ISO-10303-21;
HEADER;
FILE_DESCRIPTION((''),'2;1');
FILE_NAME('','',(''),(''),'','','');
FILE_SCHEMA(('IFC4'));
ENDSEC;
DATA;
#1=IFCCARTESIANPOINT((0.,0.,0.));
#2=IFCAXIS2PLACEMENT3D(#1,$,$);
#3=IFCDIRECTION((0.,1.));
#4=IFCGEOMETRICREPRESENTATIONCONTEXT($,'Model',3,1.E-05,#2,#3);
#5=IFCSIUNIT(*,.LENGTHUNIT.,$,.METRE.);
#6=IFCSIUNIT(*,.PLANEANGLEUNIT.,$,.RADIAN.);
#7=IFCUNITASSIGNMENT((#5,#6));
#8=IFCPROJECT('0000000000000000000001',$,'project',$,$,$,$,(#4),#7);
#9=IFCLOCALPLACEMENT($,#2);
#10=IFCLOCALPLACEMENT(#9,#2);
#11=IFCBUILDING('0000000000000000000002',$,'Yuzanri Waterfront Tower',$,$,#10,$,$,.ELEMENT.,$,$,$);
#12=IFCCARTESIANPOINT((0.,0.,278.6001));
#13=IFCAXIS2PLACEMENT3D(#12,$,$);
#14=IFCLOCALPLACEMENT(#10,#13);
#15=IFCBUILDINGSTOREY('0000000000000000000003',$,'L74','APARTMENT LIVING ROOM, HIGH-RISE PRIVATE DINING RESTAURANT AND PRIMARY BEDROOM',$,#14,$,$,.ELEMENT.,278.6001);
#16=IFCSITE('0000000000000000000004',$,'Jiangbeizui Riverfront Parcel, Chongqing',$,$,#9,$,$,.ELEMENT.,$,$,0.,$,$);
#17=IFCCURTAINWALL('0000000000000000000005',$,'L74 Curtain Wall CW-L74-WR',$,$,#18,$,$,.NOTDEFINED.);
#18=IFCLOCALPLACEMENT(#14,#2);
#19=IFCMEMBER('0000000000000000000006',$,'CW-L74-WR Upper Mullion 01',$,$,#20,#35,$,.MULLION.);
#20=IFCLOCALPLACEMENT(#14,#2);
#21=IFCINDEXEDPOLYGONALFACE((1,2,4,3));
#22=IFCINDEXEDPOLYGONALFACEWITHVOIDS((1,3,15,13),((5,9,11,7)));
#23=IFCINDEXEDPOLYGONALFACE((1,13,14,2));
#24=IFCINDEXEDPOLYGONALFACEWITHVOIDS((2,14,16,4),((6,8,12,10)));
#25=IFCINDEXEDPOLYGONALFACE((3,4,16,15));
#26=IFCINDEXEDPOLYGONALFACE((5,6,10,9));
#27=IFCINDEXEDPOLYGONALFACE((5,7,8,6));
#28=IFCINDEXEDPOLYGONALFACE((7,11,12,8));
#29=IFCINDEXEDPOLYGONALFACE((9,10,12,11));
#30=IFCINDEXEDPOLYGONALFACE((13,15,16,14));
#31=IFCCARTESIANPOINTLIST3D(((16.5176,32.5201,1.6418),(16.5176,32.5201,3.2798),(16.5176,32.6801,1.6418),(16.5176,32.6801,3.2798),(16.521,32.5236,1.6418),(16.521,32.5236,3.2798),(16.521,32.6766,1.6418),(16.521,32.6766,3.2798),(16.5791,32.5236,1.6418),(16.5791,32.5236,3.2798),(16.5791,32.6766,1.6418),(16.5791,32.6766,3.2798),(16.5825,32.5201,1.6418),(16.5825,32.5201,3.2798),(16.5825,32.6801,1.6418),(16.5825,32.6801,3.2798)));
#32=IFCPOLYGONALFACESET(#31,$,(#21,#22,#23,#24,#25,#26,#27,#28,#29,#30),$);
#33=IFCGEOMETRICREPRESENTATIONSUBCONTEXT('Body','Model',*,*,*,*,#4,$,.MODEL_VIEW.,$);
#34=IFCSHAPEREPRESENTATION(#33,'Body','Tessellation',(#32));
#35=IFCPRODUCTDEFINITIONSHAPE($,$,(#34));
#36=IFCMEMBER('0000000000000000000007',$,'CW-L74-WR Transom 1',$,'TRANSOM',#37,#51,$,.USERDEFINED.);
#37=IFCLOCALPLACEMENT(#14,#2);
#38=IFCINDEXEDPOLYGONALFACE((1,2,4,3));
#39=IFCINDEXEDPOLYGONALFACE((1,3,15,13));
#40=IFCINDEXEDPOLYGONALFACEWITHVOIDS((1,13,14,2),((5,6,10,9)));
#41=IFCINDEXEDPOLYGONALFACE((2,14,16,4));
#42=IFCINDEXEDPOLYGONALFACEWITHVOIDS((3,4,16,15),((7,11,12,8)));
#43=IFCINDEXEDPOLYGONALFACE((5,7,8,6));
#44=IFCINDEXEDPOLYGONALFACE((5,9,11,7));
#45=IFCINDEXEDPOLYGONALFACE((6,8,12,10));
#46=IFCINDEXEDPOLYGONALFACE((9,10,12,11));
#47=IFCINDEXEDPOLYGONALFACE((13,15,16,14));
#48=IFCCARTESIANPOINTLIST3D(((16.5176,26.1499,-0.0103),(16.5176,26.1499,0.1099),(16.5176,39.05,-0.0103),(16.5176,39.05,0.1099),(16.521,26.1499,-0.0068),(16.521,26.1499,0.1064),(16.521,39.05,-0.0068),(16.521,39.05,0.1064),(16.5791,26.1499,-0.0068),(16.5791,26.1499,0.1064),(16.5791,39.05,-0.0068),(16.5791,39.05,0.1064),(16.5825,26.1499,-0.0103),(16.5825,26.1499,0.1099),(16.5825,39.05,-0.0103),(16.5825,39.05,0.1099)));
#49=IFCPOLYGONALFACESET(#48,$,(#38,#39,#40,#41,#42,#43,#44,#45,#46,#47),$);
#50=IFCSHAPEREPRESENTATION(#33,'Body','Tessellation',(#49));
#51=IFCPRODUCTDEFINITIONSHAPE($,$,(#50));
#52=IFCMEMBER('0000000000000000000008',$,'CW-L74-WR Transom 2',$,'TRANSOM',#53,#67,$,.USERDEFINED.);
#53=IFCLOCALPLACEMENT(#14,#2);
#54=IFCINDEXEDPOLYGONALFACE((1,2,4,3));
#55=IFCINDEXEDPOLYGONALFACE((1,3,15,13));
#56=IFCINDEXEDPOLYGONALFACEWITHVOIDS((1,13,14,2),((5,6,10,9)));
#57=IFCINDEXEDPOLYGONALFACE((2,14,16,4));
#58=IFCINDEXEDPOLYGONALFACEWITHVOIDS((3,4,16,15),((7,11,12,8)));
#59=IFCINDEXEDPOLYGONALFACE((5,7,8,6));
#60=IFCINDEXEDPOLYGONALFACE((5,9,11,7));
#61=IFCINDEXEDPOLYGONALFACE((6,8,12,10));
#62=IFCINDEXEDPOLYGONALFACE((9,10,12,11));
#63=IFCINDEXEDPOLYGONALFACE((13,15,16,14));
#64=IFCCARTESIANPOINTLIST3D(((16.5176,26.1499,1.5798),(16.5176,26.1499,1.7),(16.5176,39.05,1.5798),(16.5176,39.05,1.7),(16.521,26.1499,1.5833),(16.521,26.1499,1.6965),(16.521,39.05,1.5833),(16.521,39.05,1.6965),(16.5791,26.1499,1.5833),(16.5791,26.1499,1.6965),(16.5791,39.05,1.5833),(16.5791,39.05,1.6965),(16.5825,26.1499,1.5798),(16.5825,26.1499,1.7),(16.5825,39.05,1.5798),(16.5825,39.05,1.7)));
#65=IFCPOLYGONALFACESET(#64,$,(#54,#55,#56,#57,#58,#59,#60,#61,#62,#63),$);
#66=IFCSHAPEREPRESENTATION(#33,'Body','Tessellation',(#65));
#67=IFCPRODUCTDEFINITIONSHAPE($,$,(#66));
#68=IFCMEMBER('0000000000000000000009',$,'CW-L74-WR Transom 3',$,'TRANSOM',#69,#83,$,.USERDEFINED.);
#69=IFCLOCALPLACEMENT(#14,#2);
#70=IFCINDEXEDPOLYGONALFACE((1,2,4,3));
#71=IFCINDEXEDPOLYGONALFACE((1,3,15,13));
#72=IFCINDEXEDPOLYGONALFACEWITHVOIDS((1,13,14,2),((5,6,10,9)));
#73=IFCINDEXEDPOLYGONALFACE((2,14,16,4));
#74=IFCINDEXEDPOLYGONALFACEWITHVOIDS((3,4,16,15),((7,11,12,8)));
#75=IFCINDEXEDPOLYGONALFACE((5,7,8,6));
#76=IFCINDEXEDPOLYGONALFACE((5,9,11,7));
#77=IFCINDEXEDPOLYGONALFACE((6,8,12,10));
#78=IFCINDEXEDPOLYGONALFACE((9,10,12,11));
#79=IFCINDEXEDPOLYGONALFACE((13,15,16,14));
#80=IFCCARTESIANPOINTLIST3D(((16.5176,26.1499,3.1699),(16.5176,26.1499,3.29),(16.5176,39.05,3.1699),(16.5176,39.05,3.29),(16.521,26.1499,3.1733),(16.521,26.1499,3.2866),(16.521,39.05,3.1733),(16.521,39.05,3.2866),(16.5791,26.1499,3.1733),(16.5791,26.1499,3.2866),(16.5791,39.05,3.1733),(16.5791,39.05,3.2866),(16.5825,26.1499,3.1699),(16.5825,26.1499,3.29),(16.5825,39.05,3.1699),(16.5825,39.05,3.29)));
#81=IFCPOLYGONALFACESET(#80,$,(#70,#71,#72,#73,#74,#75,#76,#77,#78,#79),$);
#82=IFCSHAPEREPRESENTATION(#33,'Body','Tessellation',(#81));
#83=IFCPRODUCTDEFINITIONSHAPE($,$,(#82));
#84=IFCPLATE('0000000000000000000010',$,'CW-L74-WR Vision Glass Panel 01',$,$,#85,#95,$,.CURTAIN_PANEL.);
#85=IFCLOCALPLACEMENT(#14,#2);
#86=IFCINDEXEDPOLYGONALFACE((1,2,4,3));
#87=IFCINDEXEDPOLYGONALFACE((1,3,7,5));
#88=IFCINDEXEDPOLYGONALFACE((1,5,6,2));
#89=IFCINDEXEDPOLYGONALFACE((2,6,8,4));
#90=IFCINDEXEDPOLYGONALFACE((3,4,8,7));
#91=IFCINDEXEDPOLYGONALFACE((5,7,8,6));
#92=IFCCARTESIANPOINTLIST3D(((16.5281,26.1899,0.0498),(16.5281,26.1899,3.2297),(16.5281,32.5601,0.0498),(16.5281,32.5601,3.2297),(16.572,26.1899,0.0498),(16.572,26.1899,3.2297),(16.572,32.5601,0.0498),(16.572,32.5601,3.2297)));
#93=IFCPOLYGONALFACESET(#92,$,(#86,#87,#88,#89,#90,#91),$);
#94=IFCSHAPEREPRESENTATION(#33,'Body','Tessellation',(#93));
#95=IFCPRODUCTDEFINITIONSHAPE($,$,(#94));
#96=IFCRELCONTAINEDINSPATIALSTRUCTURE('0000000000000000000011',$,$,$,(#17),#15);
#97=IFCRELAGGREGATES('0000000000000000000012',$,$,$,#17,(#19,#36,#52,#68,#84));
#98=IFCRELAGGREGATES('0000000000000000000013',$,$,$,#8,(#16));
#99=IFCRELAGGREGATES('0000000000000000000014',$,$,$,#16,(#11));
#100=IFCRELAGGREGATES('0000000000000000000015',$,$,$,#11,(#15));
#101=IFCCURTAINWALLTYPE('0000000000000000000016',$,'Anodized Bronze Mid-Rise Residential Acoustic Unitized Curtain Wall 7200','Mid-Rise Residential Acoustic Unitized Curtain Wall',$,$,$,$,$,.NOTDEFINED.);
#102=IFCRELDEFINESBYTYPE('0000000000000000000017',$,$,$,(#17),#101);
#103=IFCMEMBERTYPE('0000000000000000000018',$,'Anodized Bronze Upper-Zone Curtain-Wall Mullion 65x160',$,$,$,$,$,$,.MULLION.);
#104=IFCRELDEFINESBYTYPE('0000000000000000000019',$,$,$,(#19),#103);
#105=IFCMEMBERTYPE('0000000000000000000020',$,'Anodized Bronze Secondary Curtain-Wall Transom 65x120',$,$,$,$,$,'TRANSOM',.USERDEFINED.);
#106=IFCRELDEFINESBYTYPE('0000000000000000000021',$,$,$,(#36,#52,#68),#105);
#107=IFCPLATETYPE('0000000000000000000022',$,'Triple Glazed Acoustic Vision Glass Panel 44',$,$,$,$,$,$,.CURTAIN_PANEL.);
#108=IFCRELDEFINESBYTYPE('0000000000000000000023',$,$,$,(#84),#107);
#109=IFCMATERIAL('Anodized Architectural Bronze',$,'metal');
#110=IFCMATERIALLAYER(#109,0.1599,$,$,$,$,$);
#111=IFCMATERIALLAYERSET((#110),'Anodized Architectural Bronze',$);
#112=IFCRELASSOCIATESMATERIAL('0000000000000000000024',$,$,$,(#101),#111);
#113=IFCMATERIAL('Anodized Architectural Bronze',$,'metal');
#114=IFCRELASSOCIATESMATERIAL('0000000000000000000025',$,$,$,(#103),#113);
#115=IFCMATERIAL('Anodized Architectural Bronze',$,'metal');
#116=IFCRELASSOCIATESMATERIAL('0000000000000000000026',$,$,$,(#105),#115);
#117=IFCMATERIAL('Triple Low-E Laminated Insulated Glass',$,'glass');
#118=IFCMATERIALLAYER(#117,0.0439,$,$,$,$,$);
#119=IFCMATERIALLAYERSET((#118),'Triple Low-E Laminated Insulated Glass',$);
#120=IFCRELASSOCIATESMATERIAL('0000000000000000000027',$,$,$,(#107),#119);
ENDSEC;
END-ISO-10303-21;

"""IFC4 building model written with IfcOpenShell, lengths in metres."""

from ifc_helpers import new_model, si_unit, direction, frame, origin, origin_2d, place, context, subcontext, project, spatial, rectangle, hollow_rectangle, extrude, source, transform, mapped, material, layer, layer_set, material_profile, profile_set, type_object, element, aggregate, save


model = new_model("IFC4")

# Units and contexts
model_context = context("Model", 3, precision=1e-05, world=origin(), true_north=direction((0.0, 1.0)))
body_context = subcontext(model_context, "Body", "Model", "MODEL_VIEW")
ifc_project = project(units=[si_unit("LENGTHUNIT", "METRE"), si_unit("PLANEANGLEUNIT", "RADIAN")], contexts=[model_context])

# Site, building, storey
site_placement = place(None, origin())
site = spatial("IfcSite", under=ifc_project, at=site_placement, Name="Jiangbeizui Riverfront Parcel, Chongqing", CompositionType="ELEMENT", RefElevation=0.0)
building_placement = place(site_placement, origin())
building = spatial("IfcBuilding", under=site, at=building_placement, Name="Yuzanri Waterfront Tower", CompositionType="ELEMENT")
storey_placement = place(building_placement, frame((0.0, 0.0, 278.6001)))
storey = spatial("IfcBuildingStorey", under=building, at=storey_placement, Name="L74", Description="APARTMENT LIVING ROOM, HIGH-RISE PRIVATE DINING RESTAURANT AND PRIMARY BEDROOM", CompositionType="ELEMENT", Elevation=278.6001)

# Shared definitions
ifc_material_1 = material(Name="Anodized Architectural Bronze", Category="metal")
ifc_layer_1 = layer(ifc_material_1, 0.1599)
ifc_layer_set_1 = layer_set([ifc_layer_1], Name="Anodized Architectural Bronze")
curtain_wall_type = type_object("IfcCurtainWallType", Name="Anodized Bronze Mid-Rise Residential Acoustic Unitized Curtain Wall 7200", Description="Mid-Rise Residential Acoustic Unitized Curtain Wall", PredefinedType="NOTDEFINED", material=ifc_layer_set_1)
ifc_material_2 = material(Name="Anodized Architectural Bronze", Category="metal")
ifc_material_profile_1 = material_profile(ifc_material_2, hollow_rectangle(XDim=0.0649, YDim=0.1599, WallThickness=0.0034, at=origin_2d()), Name="CWM 65x160")
ifc_profile_set_1 = profile_set([ifc_material_profile_1], Name="Anodized Architectural Bronze")
member_type_1 = type_object("IfcMemberType", Name="Anodized Bronze Upper-Zone Curtain-Wall Mullion 65x160", PredefinedType="MULLION", material=ifc_profile_set_1)
shared_shape_1 = source(origin(), body_context, "Body", "SweptSolid", [
    extrude(hollow_rectangle(XDim=0.0649, YDim=0.1599, WallThickness=0.0034, at=origin_2d()), origin(), (0.0, 0.0, 1.0), 1.6379),
])

# Curtain wall, members, plate
curtain_wall_1_placement = place(storey_placement, origin())
curtain_wall_1 = element("IfcCurtainWall", 1, at=curtain_wall_1_placement, inside=storey, type_object=curtain_wall_type, Name="L74 Curtain Wall CW-L74-WR", PredefinedType="NOTDEFINED")
member_1_placement = place(storey_placement, frame((16.55, 32.6001, 1.6418), z_axis=(0.0, 0.0, 1.0), x_axis=(1.0, 0.0, 0.0)))
member_1 = element("IfcMember", 2, at=member_1_placement, type_object=member_type_1, Name="CW-L74-WR Upper Mullion 01", PredefinedType="MULLION", context=body_context, shape_type="MappedRepresentation", body=[
    mapped(shared_shape_1, transform((0.0, 0.0, 0.0), scale=1.0)),
])
ifc_material_3 = material(Name="Anodized Architectural Bronze", Category="metal")
ifc_material_profile_2 = material_profile(ifc_material_3, hollow_rectangle(XDim=0.0649, YDim=0.1201, WallThickness=0.0034, at=origin_2d()), Name="CWT 65x120")
ifc_profile_set_2 = profile_set([ifc_material_profile_2], Name="Anodized Architectural Bronze")
member_type_2 = type_object("IfcMemberType", Name="Anodized Bronze Secondary Curtain-Wall Transom 65x120", ElementType="TRANSOM", PredefinedType="USERDEFINED", material=ifc_profile_set_2)
shared_shape_2 = source(origin(), body_context, "Body", "SweptSolid", [
    extrude(hollow_rectangle(XDim=0.0649, YDim=0.1201, WallThickness=0.0034, at=origin_2d()), origin(), (0.0, 0.0, 1.0), 12.9001),
])
member_2_placement = place(storey_placement, frame((16.55, 26.1499, 0.0498), z_axis=(0.0, 1.0, 0.0), x_axis=(-1.0, 0.0, 0.0)))
member_2 = element("IfcMember", 3, at=member_2_placement, type_object=member_type_2, Name="CW-L74-WR Transom 1", ObjectType="TRANSOM", PredefinedType="USERDEFINED", context=body_context, shape_type="MappedRepresentation", body=[
    mapped(shared_shape_2, transform((0.0, 0.0, 0.0), scale=1.0)),
])
member_3_placement = place(storey_placement, frame((16.55, 26.1499, 1.6399), z_axis=(0.0, 1.0, 0.0), x_axis=(-1.0, 0.0, 0.0)))
member_3 = element("IfcMember", 4, at=member_3_placement, type_object=member_type_2, Name="CW-L74-WR Transom 2", ObjectType="TRANSOM", PredefinedType="USERDEFINED", context=body_context, shape_type="MappedRepresentation", body=[
    mapped(shared_shape_2, transform((0.0, 0.0, 0.0), scale=1.0)),
])
member_4_placement = place(storey_placement, frame((16.55, 26.1499, 3.23), z_axis=(0.0, 1.0, 0.0), x_axis=(-1.0, 0.0, 0.0)))
member_4 = element("IfcMember", 5, at=member_4_placement, type_object=member_type_2, Name="CW-L74-WR Transom 3", ObjectType="TRANSOM", PredefinedType="USERDEFINED", context=body_context, shape_type="MappedRepresentation", body=[
    mapped(shared_shape_2, transform((0.0, 0.0, 0.0), scale=1.0)),
])
ifc_material_4 = material(Name="Triple Low-E Laminated Insulated Glass", Category="glass")
ifc_layer_2 = layer(ifc_material_4, 0.0439)
ifc_layer_set_2 = layer_set([ifc_layer_2], Name="Triple Low-E Laminated Insulated Glass")
plate_type = type_object("IfcPlateType", Name="Triple Glazed Acoustic Vision Glass Panel 44", PredefinedType="CURTAIN_PANEL", material=ifc_layer_set_2)
shared_shape_3 = source(origin(), body_context, "Body", "SweptSolid", [
    extrude(rectangle(XDim=6.3701, YDim=0.0439, at=origin_2d()), origin(), (0.0, 0.0, 1.0), 3.1799),
])
plate_placement = place(storey_placement, frame((16.55, 29.375, 0.0498), z_axis=(0.0, 0.0, 1.0), x_axis=(0.0, 1.0, 0.0)))
plate = element("IfcPlate", 6, at=plate_placement, type_object=plate_type, Name="CW-L74-WR Vision Glass Panel 01", PredefinedType="CURTAIN_PANEL", context=body_context, shape_type="MappedRepresentation", body=[
    mapped(shared_shape_3, transform((0.0, 0.0, 0.0), scale=1.0)),
])
aggregate(curtain_wall_1, [member_1, member_2, member_3, member_4, plate])

save(model, "model.ifc")
